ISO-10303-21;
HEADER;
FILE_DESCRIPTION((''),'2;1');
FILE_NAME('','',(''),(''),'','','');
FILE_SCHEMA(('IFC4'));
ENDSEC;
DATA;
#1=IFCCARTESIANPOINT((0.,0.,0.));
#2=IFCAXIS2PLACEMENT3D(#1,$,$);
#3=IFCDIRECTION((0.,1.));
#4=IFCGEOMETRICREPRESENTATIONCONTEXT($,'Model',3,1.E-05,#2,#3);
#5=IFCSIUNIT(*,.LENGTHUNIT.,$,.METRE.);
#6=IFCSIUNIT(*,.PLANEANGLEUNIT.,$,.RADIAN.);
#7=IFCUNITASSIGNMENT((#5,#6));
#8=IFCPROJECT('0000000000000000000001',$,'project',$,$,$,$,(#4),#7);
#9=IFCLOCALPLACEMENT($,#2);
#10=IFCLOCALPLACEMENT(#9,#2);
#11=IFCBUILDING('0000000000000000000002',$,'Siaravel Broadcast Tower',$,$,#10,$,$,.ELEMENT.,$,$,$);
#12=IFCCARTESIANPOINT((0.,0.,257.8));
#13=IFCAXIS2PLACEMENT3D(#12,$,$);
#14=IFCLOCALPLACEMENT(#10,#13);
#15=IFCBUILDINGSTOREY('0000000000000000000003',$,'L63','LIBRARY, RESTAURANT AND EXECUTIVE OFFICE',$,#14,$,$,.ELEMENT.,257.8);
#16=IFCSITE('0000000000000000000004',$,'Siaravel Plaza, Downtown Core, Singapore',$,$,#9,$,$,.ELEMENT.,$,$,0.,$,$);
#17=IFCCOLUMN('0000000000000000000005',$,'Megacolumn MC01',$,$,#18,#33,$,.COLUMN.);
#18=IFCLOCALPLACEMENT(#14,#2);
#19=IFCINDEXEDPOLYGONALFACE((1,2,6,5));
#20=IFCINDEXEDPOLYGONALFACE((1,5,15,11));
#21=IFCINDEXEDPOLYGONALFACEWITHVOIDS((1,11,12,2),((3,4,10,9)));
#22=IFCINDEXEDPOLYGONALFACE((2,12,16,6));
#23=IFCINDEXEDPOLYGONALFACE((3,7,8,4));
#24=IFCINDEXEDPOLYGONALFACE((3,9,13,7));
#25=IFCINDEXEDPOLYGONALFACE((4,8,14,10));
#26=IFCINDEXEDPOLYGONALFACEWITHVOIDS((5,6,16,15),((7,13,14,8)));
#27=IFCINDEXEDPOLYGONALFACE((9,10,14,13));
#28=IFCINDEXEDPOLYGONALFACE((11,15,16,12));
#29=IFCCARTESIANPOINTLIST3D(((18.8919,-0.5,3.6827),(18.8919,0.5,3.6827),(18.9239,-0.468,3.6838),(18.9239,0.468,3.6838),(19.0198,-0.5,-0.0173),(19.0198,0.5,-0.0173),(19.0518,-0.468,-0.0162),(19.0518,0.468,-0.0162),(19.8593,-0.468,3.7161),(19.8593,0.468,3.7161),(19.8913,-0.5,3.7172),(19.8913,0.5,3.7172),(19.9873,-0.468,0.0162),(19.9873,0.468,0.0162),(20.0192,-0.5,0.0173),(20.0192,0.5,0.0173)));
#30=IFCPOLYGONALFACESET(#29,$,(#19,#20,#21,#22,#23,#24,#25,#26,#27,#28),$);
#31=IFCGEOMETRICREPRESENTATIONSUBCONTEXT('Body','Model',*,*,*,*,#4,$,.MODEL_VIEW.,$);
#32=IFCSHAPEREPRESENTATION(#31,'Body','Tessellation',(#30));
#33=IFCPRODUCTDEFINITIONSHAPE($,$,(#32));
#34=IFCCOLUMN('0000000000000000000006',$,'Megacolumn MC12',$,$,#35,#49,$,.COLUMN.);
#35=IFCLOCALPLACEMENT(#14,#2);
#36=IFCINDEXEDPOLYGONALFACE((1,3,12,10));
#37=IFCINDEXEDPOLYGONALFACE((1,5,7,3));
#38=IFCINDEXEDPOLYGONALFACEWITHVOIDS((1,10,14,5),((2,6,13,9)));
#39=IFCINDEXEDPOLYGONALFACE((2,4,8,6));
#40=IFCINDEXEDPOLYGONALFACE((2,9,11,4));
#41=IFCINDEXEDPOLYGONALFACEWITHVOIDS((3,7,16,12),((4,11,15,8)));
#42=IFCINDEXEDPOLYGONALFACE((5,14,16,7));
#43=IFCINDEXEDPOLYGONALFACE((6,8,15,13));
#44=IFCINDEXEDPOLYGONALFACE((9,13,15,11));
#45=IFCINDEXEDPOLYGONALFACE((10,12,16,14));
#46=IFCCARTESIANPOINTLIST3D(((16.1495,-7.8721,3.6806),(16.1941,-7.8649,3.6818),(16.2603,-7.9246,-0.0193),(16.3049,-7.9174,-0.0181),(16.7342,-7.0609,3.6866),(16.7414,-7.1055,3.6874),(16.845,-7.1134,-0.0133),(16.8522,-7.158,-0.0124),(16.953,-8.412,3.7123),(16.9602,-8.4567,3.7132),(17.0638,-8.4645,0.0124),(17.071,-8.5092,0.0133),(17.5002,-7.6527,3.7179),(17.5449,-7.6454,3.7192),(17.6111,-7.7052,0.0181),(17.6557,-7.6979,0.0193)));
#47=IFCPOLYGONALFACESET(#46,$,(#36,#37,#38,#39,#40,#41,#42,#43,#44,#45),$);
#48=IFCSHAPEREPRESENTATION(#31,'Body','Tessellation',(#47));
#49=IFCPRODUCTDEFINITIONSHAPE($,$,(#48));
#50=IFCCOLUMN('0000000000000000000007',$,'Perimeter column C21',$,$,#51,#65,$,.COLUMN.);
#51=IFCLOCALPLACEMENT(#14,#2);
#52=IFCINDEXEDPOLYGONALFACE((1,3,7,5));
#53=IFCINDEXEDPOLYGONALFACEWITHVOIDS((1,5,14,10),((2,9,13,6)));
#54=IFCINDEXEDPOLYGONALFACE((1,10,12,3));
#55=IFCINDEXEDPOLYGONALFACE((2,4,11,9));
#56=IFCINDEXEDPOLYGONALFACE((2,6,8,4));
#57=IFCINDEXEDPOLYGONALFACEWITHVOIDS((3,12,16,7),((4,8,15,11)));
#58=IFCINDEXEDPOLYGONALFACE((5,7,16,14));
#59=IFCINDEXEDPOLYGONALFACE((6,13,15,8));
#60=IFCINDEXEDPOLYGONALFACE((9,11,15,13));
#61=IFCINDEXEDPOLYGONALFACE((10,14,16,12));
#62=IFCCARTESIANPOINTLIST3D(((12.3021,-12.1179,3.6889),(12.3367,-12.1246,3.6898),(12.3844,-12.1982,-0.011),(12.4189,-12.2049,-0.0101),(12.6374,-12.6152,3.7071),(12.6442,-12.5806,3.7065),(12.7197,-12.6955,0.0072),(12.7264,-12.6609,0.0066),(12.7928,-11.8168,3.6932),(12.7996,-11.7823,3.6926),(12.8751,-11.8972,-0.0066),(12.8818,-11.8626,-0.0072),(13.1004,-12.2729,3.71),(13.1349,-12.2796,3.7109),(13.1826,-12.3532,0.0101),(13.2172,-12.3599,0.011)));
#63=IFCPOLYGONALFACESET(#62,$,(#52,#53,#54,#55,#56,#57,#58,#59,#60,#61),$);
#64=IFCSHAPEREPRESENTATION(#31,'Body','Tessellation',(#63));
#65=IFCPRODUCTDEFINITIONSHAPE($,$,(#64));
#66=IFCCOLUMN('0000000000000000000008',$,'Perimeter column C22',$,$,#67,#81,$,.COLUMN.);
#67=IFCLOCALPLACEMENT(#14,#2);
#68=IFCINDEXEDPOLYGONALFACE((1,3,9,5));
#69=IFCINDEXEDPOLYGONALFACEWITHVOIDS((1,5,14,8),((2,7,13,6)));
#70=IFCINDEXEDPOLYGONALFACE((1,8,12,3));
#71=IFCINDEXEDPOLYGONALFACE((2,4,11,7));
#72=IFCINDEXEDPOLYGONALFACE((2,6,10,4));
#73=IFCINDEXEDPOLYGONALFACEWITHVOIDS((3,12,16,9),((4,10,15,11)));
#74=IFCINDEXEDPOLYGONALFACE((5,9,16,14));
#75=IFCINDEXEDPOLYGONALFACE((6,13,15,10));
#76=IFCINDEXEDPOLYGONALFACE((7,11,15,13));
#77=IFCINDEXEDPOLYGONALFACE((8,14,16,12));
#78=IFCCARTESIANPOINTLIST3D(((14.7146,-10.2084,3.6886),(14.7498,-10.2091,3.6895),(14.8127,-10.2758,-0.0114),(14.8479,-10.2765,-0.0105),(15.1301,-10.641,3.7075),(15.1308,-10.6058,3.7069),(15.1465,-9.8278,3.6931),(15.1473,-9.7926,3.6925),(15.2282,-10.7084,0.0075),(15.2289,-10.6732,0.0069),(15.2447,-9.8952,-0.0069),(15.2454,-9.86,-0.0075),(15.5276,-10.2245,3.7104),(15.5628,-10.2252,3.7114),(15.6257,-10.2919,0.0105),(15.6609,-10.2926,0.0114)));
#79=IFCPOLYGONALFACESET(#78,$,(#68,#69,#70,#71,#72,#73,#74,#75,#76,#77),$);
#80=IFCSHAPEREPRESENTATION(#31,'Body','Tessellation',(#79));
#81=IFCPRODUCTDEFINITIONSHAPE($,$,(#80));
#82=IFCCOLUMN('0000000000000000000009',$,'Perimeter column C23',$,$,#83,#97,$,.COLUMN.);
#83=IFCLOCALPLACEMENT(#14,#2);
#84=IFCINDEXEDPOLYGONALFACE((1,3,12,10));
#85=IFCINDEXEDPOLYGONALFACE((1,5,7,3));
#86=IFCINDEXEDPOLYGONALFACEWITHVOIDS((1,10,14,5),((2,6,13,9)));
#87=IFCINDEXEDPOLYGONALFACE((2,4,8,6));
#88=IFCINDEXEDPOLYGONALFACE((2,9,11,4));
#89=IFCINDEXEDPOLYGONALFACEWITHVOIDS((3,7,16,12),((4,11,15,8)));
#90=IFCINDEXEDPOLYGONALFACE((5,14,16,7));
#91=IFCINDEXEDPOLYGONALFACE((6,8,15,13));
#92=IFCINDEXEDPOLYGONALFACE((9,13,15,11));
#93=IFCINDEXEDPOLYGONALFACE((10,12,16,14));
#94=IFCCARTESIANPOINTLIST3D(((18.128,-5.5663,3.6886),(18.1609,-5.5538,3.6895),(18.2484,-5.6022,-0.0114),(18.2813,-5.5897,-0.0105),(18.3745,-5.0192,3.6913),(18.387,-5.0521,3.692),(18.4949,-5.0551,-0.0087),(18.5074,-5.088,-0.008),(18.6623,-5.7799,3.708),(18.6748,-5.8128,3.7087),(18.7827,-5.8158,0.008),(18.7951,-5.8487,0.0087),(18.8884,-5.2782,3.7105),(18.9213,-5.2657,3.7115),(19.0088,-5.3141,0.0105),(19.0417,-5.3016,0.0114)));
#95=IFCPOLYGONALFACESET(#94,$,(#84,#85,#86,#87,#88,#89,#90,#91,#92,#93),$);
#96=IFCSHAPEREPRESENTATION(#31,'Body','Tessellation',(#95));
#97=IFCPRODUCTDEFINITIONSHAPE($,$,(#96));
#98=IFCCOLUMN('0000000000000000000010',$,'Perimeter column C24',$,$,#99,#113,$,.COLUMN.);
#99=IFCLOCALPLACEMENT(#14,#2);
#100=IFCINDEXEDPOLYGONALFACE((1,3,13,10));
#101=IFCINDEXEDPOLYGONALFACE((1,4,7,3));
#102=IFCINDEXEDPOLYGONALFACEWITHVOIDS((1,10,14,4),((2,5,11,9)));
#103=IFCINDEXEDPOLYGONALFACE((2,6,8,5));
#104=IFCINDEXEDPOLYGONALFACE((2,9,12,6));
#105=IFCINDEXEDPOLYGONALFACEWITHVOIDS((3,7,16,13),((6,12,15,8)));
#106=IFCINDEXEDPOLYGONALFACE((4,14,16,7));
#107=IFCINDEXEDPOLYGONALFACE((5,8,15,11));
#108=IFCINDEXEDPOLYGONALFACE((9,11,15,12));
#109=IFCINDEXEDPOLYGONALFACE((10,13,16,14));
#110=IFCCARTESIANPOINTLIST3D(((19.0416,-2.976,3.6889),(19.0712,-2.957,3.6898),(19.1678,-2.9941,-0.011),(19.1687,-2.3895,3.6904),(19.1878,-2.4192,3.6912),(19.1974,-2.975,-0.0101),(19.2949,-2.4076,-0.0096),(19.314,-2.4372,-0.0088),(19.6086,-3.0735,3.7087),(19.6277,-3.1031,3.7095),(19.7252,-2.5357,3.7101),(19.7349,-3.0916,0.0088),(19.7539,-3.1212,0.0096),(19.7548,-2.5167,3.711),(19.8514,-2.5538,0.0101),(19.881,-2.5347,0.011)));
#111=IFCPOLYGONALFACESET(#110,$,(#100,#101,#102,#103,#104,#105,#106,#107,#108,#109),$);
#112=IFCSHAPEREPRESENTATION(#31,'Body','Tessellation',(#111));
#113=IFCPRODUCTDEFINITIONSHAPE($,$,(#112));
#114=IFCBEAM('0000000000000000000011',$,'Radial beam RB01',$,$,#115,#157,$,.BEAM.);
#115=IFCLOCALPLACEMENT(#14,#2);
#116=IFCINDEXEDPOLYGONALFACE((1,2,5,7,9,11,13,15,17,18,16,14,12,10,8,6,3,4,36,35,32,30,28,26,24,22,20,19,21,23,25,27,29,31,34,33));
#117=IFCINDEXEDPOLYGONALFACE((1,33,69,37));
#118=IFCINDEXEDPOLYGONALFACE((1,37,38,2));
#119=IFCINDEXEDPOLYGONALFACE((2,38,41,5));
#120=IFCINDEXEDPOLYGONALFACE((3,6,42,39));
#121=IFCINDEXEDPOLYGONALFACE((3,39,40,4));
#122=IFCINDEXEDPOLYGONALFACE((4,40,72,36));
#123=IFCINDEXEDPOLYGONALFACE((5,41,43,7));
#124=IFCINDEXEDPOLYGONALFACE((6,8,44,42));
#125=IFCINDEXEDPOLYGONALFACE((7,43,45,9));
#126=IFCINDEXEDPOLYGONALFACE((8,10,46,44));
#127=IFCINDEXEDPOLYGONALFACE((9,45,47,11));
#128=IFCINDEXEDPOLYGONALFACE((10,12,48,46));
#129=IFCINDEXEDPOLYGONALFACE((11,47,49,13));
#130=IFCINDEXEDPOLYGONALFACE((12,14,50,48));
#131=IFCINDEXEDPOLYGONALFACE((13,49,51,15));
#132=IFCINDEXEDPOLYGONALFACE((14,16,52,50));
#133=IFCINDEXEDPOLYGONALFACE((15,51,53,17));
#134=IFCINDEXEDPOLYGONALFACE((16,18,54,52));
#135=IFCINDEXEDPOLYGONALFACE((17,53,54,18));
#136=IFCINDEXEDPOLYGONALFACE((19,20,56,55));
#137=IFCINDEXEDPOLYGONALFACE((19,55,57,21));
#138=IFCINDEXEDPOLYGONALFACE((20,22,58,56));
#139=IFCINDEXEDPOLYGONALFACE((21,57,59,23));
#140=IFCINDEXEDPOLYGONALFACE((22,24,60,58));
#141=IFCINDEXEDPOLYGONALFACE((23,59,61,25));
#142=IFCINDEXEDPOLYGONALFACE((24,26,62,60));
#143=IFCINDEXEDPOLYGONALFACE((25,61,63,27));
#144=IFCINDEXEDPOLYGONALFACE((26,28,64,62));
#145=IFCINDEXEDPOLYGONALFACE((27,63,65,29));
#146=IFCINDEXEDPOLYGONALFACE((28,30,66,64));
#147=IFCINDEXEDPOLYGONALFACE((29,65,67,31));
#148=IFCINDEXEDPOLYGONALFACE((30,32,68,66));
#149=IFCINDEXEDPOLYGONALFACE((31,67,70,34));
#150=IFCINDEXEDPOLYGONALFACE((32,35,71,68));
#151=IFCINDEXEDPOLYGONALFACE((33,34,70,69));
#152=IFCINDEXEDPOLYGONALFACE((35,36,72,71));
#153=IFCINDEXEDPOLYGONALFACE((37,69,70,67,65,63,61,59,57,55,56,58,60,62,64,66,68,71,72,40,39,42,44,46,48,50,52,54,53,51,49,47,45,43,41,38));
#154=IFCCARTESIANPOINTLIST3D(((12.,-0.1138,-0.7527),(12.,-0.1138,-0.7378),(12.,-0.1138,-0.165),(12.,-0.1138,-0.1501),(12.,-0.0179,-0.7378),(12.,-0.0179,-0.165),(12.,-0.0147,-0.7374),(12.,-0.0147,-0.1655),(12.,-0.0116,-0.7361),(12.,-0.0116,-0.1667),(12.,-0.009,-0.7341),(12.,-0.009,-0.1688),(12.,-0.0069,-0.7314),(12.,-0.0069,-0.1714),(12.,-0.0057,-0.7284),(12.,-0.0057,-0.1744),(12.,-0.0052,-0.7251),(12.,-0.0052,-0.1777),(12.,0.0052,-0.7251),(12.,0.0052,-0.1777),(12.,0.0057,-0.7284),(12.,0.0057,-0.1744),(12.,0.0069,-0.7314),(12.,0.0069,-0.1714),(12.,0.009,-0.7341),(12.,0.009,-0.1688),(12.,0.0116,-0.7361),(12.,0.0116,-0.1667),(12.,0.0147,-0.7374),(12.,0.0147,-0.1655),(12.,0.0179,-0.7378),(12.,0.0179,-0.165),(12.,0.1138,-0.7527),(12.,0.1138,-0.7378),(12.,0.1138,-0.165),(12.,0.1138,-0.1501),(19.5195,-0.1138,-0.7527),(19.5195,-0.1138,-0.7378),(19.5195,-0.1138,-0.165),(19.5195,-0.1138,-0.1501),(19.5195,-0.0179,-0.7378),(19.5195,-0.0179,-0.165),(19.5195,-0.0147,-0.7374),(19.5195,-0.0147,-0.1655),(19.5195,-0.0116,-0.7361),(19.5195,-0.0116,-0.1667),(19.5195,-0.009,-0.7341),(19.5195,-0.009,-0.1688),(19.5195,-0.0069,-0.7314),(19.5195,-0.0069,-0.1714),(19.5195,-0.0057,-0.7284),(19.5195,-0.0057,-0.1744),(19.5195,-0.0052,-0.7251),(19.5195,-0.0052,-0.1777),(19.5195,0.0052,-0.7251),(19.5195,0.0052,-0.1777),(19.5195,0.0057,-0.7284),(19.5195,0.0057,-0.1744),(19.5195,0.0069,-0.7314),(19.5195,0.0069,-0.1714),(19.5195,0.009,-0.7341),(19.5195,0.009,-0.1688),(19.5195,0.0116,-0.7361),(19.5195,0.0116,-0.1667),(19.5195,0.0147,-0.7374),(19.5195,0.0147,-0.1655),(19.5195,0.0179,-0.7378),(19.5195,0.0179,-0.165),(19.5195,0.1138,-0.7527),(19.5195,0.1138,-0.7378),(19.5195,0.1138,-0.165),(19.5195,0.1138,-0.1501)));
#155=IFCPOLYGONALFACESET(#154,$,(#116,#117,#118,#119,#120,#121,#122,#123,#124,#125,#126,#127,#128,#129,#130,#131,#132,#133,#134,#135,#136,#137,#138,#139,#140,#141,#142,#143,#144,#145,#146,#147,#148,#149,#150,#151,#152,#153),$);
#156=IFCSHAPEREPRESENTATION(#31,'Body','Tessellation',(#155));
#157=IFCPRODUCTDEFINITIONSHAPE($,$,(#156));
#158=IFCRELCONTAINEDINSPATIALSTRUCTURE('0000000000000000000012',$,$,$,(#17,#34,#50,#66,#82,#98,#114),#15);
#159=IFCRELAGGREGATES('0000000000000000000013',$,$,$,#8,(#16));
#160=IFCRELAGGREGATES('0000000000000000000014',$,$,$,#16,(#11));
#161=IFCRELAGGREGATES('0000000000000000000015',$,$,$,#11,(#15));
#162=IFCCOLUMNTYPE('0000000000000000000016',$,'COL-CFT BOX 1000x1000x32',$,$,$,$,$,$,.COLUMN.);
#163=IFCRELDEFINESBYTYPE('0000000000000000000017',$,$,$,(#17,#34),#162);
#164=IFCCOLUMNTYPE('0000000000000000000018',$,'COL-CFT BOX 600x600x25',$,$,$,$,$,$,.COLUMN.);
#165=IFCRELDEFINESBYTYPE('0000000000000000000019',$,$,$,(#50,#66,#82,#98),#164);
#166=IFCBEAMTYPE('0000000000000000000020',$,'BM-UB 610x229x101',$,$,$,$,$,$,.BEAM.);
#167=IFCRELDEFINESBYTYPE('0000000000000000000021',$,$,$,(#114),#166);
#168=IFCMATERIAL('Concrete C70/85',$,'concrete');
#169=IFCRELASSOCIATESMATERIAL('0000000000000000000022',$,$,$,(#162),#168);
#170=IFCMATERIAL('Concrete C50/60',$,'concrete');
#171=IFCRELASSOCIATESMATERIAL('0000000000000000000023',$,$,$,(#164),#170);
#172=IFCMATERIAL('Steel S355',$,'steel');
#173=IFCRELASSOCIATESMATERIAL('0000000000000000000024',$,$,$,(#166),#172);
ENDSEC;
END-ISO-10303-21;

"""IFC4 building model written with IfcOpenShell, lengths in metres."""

from ifc_helpers import new_model, si_unit, direction, frame, origin, origin_2d, place, context, subcontext, project, spatial, hollow_rectangle, i_section, extrude, material, material_profile, profile_set, type_object, element, save


model = new_model("IFC4")

# Units and contexts
model_context = context("Model", 3, precision=1e-05, world=origin(), true_north=direction((0.0, 1.0)))
body_context = subcontext(model_context, "Body", "Model", "MODEL_VIEW")
ifc_project = project(units=[si_unit("LENGTHUNIT", "METRE"), si_unit("PLANEANGLEUNIT", "RADIAN")], contexts=[model_context])

# Site, building, storey
site_placement = place(None, origin())
site = spatial("IfcSite", under=ifc_project, at=site_placement, Name="Siaravel Plaza, Downtown Core, Singapore", CompositionType="ELEMENT", RefElevation=0.0)
building_placement = place(site_placement, origin())
building = spatial("IfcBuilding", under=site, at=building_placement, Name="Siaravel Broadcast Tower", CompositionType="ELEMENT")
storey_placement = place(building_placement, frame((0.0, 0.0, 257.8)))
storey = spatial("IfcBuildingStorey", under=building, at=storey_placement, Name="L63", Description="LIBRARY, RESTAURANT AND EXECUTIVE OFFICE", CompositionType="ELEMENT", Elevation=257.8)

# Columns
ifc_material_1 = material(Name="Concrete C70/85", Category="concrete")
ifc_material_profile_1 = material_profile(ifc_material_1, hollow_rectangle(XDim=1.0, YDim=1.0, WallThickness=0.032, at=origin_2d()))
ifc_profile_set_1 = profile_set([ifc_material_profile_1], Name="Concrete C70/85")
column_type_1 = type_object("IfcColumnType", Name="COL-CFT BOX 1000x1000x32", PredefinedType="COLUMN", material=ifc_profile_set_1)
column_1_placement = place(storey_placement, frame((19.5195, 0.0, 0.0), z_axis=(-0.034555, 0.0, 0.999403), x_axis=(0.0, -1.0, 0.0)))
element("IfcColumn", 1, at=column_1_placement, inside=storey, type_object=column_type_1, Name="Megacolumn MC01", PredefinedType="COLUMN", context=body_context, shape_type="SweptSolid", body=[
    extrude(hollow_rectangle(XDim=1.0, YDim=1.0, WallThickness=0.032, at=origin_2d()), origin(), (0.0, 0.0, 1.0), 3.7021),
])
column_2_placement = place(storey_placement, frame((16.958, -7.8113, 0.0), z_axis=(-0.029941, 0.014179, 0.999451), x_axis=(-0.58468, -0.811242, -0.006006)))
element("IfcColumn", 2, at=column_2_placement, inside=storey, type_object=column_type_1, Name="Megacolumn MC12", PredefinedType="COLUMN", context=body_context, shape_type="SweptSolid", body=[
    extrude(hollow_rectangle(XDim=1.0, YDim=1.0, WallThickness=0.032, at=origin_2d()), origin(), (0.0, 0.0, 1.0), 3.7019),
])
ifc_material_2 = material(Name="Concrete C50/60", Category="concrete")
ifc_material_profile_2 = material_profile(ifc_material_2, hollow_rectangle(XDim=0.6001, YDim=0.6001, WallThickness=0.0249, at=origin_2d()))
ifc_profile_set_2 = profile_set([ifc_material_profile_2], Name="Concrete C50/60")
column_type_2 = type_object("IfcColumnType", Name="COL-CFT BOX 600x600x25", PredefinedType="COLUMN", material=ifc_profile_set_2)
column_3_placement = place(storey_placement, frame((12.8008, -12.2791, 0.0), z_axis=(-0.022226, 0.021699, 0.999517), x_axis=(-0.828995, -0.559221, -0.006294)))
element("IfcColumn", 3, at=column_3_placement, inside=storey, type_object=column_type_2, Name="Perimeter column C21", PredefinedType="COLUMN", context=body_context, shape_type="SweptSolid", body=[
    extrude(hollow_rectangle(XDim=0.6001, YDim=0.6001, WallThickness=0.0249, at=origin_2d()), origin(), (0.0, 0.0, 1.0), 3.7017),
])
column_4_placement = place(storey_placement, frame((15.2368, -10.2842, 0.0), z_axis=(-0.026512, 0.018202, 0.999483), x_axis=(-0.721012, -0.692892, -0.006507)))
element("IfcColumn", 4, at=column_4_placement, inside=storey, type_object=column_type_2, Name="Perimeter column C22", PredefinedType="COLUMN", context=body_context, shape_type="SweptSolid", body=[
    extrude(hollow_rectangle(XDim=0.6001, YDim=0.6001, WallThickness=0.0249, at=origin_2d()), origin(), (0.0, 0.0, 1.0), 3.7019),
])
for number, where, z_axis, x_axis, name in (
    (5, (18.645, -5.4519, 0.0), (-0.032512, 0.009694, 0.999424), (-0.41084, -0.911696, -0.004522), "Perimeter column C23"),
    (6, (19.5244, -2.7644, 0.0), (-0.034094, 0.00488, 0.999407), (-0.211873, -0.977294, -0.002456), "Perimeter column C24"),
):
    element("IfcColumn", number, at=place(storey_placement, frame(where, z_axis=z_axis, x_axis=x_axis)), inside=storey, type_object=column_type_2, Name=name, PredefinedType="COLUMN", context=body_context, shape_type="SweptSolid", body=[
        extrude(hollow_rectangle(XDim=0.6001, YDim=0.6001, WallThickness=0.0249, at=origin_2d()), origin(), (0.0, 0.0, 1.0), 3.7021),
    ])

# Beam
ifc_material_3 = material(Name="Steel S355", Category="steel")
ifc_material_profile_3 = material_profile(ifc_material_3, i_section(OverallWidth=0.2275, OverallDepth=0.6025, WebThickness=0.0105, FlangeThickness=0.0149, FilletRadius=0.0127, at=origin_2d()))
ifc_profile_set_3 = profile_set([ifc_material_profile_3], Name="Steel S355")
beam_type = type_object("IfcBeamType", Name="BM-UB 610x229x101", PredefinedType="BEAM", material=ifc_profile_set_3)
beam_1_placement = place(storey_placement, frame((19.5195, 0.0, -0.4514), z_axis=(-1.0, 0.0, 0.0), x_axis=(0.0, -1.0, 0.0)))
element("IfcBeam", 7, at=beam_1_placement, inside=storey, type_object=beam_type, Name="Radial beam RB01", PredefinedType="BEAM", context=body_context, shape_type="SweptSolid", body=[
    extrude(i_section(OverallWidth=0.2275, OverallDepth=0.6025, WebThickness=0.0105, FlangeThickness=0.0149, FilletRadius=0.0127, at=origin_2d()), origin(), (0.0, 0.0, 1.0), 7.5195),
])

save(model, "model.ifc")
